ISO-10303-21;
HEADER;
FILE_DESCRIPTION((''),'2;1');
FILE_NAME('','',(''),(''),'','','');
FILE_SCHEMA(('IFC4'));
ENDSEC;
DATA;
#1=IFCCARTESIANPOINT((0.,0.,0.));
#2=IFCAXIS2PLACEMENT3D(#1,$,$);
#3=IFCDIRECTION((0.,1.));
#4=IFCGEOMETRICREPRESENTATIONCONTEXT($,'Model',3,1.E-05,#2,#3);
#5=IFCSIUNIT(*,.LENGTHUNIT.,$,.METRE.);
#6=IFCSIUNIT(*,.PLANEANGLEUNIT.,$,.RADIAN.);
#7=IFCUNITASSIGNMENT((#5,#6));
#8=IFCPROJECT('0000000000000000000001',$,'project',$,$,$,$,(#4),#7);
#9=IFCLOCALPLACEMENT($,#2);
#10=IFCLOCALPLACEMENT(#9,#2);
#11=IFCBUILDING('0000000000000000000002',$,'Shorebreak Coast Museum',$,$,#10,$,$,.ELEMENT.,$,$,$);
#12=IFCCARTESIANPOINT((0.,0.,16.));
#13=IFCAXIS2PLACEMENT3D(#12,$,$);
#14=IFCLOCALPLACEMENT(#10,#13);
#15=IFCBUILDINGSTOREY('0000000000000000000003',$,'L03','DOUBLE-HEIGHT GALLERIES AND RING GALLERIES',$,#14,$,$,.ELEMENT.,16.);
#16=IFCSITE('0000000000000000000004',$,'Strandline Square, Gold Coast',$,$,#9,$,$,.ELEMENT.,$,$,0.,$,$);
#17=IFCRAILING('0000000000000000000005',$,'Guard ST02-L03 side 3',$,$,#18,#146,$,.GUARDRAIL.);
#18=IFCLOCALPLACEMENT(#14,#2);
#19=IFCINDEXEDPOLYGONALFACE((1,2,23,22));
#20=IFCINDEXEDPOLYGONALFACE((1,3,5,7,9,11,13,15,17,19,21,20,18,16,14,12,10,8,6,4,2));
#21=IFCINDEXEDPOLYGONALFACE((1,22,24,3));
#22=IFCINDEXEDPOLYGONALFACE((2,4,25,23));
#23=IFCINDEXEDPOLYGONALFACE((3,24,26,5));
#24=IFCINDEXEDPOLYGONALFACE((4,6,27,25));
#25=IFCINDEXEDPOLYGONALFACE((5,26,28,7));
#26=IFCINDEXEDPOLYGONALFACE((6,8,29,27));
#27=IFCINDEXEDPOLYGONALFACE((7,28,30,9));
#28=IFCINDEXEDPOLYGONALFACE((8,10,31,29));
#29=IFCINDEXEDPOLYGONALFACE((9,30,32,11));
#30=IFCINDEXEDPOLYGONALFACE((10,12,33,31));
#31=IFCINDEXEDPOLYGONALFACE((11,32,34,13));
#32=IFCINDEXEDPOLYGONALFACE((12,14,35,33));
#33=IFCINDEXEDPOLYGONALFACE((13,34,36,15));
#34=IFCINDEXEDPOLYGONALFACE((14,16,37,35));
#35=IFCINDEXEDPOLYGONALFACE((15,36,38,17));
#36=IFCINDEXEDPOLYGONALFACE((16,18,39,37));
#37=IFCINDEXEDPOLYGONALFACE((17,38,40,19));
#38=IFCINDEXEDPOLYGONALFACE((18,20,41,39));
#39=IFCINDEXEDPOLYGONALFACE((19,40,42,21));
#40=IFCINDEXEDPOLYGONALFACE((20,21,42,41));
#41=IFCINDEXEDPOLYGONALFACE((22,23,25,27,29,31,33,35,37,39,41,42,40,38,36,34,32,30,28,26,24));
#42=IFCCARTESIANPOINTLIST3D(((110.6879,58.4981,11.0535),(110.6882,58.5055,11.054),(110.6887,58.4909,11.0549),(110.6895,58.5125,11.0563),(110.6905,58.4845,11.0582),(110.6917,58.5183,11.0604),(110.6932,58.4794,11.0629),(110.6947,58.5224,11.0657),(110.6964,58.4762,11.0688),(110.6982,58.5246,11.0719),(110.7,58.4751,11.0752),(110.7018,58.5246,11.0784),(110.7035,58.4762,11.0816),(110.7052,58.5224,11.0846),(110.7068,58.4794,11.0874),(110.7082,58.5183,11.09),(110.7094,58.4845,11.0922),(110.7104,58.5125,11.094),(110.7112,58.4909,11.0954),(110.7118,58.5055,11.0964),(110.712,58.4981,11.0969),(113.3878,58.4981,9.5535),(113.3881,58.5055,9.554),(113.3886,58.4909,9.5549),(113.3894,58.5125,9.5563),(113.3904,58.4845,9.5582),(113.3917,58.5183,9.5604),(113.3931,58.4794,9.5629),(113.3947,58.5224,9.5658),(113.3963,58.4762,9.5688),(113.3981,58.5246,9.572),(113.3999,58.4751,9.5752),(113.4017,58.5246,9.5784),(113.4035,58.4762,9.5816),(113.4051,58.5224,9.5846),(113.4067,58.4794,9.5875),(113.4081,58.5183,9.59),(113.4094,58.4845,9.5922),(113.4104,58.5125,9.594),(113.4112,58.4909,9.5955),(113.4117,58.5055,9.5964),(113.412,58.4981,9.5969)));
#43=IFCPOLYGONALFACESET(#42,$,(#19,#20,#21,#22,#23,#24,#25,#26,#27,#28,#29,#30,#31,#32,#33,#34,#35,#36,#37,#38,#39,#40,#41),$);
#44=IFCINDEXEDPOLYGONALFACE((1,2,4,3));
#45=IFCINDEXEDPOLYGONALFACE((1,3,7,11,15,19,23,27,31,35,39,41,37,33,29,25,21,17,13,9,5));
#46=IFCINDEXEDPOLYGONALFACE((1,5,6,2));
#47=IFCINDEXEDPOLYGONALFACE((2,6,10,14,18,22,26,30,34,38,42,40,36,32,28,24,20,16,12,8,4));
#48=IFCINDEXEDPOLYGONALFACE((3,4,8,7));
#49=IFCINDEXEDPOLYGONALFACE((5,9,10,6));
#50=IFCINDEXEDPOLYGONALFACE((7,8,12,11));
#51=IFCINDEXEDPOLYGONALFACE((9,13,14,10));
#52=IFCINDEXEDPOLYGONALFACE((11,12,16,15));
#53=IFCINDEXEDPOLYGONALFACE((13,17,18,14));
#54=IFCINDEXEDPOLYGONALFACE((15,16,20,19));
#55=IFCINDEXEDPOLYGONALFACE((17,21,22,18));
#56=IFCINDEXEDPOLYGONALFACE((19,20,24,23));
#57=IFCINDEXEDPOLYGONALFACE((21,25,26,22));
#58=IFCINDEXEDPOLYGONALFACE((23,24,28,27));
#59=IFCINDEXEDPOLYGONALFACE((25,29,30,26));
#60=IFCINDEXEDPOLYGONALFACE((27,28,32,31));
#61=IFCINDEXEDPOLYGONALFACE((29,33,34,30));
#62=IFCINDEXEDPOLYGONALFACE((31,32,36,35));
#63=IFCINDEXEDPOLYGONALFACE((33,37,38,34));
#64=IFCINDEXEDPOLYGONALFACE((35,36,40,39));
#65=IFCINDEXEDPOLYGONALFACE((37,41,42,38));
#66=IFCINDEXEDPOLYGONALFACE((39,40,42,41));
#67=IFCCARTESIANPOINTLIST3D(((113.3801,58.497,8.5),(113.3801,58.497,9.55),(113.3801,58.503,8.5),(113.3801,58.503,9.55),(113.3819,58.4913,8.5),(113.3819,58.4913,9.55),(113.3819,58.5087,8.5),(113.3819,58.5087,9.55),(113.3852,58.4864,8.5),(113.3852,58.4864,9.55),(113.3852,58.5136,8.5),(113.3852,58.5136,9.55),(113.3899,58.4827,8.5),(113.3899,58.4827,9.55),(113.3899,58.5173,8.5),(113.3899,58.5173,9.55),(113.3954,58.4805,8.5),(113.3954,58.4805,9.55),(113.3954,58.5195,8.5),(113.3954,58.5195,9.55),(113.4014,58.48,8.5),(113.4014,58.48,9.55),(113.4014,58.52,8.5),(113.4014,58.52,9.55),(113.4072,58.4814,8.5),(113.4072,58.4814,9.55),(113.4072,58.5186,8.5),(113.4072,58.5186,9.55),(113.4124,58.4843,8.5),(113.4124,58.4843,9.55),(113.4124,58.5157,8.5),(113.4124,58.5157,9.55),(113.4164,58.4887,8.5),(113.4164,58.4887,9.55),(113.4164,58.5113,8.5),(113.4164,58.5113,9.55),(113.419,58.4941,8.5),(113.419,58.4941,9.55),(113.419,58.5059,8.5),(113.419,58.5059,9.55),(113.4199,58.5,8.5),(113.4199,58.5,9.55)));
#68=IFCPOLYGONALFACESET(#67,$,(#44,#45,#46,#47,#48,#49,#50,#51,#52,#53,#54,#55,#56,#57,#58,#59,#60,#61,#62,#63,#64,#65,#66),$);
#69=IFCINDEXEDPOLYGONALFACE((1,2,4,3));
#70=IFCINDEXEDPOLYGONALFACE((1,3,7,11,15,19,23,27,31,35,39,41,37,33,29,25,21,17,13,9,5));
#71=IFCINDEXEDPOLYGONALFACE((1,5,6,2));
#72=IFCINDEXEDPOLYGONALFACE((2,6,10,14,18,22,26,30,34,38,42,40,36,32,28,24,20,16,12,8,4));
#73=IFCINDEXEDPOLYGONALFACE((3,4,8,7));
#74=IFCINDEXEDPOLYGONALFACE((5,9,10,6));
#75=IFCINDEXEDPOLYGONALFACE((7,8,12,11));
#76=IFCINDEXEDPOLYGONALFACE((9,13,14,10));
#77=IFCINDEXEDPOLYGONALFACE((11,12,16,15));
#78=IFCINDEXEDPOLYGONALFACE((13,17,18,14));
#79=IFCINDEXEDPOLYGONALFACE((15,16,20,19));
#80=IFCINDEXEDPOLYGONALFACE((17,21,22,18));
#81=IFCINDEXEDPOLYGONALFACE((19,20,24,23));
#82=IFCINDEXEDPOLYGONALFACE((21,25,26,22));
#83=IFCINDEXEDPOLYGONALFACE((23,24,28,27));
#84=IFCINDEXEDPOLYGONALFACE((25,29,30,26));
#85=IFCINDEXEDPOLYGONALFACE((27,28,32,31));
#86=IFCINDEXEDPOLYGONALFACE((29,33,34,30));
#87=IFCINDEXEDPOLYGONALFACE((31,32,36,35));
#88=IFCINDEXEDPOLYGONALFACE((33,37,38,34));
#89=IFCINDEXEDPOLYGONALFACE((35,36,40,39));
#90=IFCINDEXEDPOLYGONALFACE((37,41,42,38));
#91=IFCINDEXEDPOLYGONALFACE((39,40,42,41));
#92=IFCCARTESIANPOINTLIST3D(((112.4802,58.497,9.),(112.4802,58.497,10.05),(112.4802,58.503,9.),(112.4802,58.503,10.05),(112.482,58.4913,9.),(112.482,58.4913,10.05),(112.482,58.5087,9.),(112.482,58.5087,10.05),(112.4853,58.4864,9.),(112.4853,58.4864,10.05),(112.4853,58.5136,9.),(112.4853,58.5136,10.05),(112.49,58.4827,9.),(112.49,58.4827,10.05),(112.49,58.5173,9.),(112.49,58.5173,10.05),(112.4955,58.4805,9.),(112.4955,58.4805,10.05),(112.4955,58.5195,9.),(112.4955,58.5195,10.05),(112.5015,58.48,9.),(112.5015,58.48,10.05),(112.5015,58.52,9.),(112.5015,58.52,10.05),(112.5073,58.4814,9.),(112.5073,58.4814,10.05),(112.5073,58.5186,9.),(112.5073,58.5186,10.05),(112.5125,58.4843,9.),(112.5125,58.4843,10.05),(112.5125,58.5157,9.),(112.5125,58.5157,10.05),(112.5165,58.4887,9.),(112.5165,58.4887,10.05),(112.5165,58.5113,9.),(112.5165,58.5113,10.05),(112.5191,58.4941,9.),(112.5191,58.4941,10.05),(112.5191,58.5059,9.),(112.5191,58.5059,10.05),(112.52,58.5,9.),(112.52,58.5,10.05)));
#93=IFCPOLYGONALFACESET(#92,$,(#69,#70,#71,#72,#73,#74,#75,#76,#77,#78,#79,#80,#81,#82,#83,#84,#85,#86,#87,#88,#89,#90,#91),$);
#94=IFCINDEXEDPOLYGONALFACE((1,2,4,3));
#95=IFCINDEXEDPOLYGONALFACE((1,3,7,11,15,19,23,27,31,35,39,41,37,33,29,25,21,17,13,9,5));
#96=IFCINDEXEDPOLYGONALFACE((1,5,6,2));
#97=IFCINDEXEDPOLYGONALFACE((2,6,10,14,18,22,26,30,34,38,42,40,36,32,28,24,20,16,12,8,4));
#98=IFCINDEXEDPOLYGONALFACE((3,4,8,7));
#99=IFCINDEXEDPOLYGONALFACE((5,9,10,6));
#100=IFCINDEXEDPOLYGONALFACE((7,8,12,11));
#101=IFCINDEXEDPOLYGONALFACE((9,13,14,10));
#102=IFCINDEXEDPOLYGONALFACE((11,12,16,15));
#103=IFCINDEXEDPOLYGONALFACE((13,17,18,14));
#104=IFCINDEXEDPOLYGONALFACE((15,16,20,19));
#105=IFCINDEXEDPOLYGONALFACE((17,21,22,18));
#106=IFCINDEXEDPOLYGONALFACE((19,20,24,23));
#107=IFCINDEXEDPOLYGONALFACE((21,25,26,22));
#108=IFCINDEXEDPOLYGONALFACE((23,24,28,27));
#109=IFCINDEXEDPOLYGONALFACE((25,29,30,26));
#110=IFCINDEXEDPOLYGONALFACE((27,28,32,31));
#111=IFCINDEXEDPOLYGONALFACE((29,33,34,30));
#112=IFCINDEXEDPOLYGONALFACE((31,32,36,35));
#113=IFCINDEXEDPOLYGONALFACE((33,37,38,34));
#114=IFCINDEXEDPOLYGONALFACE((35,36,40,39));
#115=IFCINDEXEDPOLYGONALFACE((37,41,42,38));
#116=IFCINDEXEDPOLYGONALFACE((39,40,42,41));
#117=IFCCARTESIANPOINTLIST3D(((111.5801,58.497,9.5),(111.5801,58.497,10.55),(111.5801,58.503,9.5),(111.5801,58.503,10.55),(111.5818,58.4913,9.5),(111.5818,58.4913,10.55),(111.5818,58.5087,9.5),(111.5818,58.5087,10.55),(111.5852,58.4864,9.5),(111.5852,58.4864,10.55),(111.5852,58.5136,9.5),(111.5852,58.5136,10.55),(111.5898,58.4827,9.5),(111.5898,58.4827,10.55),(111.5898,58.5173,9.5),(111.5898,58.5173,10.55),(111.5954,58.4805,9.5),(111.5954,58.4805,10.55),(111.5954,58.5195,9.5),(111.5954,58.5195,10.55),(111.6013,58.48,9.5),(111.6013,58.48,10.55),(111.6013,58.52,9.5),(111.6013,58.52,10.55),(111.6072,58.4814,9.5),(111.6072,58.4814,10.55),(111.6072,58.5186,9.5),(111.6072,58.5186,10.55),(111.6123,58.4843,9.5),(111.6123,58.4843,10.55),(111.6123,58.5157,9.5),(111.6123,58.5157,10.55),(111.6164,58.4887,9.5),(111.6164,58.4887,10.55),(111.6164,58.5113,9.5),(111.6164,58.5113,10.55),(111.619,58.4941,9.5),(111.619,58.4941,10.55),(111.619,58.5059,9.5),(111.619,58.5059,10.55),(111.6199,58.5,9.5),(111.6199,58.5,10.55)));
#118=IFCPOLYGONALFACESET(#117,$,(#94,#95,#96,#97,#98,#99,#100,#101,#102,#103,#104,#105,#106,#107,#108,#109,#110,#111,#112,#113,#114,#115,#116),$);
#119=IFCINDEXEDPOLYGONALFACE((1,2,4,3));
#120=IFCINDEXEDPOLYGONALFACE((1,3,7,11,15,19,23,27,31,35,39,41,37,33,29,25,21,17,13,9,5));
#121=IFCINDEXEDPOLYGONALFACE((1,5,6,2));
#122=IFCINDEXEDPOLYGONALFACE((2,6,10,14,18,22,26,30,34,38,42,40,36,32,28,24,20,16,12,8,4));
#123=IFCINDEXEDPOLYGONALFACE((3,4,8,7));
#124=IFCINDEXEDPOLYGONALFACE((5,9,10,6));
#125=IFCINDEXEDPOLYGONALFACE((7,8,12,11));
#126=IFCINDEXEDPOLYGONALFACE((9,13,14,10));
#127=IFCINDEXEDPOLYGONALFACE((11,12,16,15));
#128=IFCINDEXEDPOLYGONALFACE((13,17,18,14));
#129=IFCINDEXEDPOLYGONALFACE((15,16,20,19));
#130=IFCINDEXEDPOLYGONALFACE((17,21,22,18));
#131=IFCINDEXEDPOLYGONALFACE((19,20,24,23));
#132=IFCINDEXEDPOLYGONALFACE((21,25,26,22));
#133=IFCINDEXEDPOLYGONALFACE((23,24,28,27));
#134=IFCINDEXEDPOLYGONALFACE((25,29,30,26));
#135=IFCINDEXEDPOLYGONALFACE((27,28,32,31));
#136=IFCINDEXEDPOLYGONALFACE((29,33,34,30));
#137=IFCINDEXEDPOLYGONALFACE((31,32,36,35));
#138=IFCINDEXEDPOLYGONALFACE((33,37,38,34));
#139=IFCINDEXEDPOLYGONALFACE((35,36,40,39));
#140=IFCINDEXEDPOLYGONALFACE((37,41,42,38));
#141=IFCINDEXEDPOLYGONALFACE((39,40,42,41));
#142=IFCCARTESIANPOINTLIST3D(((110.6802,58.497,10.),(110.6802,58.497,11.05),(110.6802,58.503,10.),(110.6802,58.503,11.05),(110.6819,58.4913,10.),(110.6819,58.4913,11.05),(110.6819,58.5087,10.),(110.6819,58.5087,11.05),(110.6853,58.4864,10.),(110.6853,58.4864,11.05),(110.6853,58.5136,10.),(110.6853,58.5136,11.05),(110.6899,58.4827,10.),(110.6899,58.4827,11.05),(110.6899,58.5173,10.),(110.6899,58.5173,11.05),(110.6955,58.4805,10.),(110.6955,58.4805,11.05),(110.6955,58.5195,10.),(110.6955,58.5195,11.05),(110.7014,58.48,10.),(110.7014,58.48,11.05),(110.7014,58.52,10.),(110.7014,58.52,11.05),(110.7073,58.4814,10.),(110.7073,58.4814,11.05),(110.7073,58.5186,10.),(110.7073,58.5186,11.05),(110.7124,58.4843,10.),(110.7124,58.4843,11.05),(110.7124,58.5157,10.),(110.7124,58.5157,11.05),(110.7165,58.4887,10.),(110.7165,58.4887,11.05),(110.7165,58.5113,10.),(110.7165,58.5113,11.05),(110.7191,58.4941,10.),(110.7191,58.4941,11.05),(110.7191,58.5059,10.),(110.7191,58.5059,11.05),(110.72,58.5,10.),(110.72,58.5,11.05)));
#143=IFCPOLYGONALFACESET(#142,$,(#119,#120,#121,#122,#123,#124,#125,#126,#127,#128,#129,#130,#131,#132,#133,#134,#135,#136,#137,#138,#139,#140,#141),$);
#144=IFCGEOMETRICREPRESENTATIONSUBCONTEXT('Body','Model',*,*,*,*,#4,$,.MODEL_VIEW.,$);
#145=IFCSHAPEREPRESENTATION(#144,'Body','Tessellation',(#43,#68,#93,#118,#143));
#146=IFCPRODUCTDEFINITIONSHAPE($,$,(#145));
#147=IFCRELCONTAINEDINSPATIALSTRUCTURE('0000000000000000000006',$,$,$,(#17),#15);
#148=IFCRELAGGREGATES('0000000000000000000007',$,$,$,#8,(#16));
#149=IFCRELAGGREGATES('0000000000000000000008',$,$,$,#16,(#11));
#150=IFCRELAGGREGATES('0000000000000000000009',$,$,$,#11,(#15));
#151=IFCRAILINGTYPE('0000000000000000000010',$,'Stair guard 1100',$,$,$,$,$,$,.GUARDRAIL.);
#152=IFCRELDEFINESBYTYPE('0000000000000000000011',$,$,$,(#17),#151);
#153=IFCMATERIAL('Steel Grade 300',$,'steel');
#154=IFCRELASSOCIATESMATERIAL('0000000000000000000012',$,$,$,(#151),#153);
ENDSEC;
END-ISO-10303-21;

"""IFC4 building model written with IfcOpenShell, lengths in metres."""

from ifc_helpers import new_model, si_unit, direction, frame, origin, origin_2d, place, context, subcontext, project, spatial, circle, extrude, material, type_object, element, save


model = new_model("IFC4")

# Units and contexts
model_context = context("Model", 3, precision=1e-05, world=origin(), true_north=direction((0.0, 1.0)))
body_context = subcontext(model_context, "Body", "Model", "MODEL_VIEW")
ifc_project = project(units=[si_unit("LENGTHUNIT", "METRE"), si_unit("PLANEANGLEUNIT", "RADIAN")], contexts=[model_context])

# Site, building, storey
site_placement = place(None, origin())
site = spatial("IfcSite", under=ifc_project, at=site_placement, Name="Strandline Square, Gold Coast", CompositionType="ELEMENT", RefElevation=0.0)
building_placement = place(site_placement, origin())
building = spatial("IfcBuilding", under=site, at=building_placement, Name="Shorebreak Coast Museum", CompositionType="ELEMENT")
storey_placement = place(building_placement, frame((0.0, 0.0, 16.0)))
storey = spatial("IfcBuildingStorey", under=building, at=storey_placement, Name="L03", Description="DOUBLE-HEIGHT GALLERIES AND RING GALLERIES", CompositionType="ELEMENT", Elevation=16.0)

# Railing
ifc_material_1 = material(Name="Steel Grade 300", Category="steel")
railing_type_1 = type_object("IfcRailingType", Name="Stair guard 1100", PredefinedType="GUARDRAIL", material=ifc_material_1)
railing_1_placement = place(storey_placement, frame((113.3999, 58.5, 8.5)))
element("IfcRailing", 1, at=railing_1_placement, inside=storey, type_object=railing_type_1, Name="Guard ST02-L03 side 3", PredefinedType="GUARDRAIL", context=body_context, shape_type="SweptSolid", body=[
    extrude(circle(Radius=0.0249, at=origin_2d()), frame((0.0, 0.0, 1.0752), z_axis=(-0.874154, 0.0, 0.48565), x_axis=(0.0, -1.0, 0.0)), (0.0, 0.0, 1.0), 3.0886),
    extrude(circle(Radius=0.02, at=origin_2d()), origin(), (0.0, 0.0, 1.0), 1.05),
    extrude(circle(Radius=0.02, at=origin_2d()), frame((-0.8999, 0.0, 0.5)), (0.0, 0.0, 1.0), 1.05),
    extrude(circle(Radius=0.02, at=origin_2d()), frame((-1.8, 0.0, 1.0)), (0.0, 0.0, 1.0), 1.05),
    extrude(circle(Radius=0.02, at=origin_2d()), frame((-2.7, 0.0, 1.5)), (0.0, 0.0, 1.0), 1.05),
])

save(model, "model.ifc")
